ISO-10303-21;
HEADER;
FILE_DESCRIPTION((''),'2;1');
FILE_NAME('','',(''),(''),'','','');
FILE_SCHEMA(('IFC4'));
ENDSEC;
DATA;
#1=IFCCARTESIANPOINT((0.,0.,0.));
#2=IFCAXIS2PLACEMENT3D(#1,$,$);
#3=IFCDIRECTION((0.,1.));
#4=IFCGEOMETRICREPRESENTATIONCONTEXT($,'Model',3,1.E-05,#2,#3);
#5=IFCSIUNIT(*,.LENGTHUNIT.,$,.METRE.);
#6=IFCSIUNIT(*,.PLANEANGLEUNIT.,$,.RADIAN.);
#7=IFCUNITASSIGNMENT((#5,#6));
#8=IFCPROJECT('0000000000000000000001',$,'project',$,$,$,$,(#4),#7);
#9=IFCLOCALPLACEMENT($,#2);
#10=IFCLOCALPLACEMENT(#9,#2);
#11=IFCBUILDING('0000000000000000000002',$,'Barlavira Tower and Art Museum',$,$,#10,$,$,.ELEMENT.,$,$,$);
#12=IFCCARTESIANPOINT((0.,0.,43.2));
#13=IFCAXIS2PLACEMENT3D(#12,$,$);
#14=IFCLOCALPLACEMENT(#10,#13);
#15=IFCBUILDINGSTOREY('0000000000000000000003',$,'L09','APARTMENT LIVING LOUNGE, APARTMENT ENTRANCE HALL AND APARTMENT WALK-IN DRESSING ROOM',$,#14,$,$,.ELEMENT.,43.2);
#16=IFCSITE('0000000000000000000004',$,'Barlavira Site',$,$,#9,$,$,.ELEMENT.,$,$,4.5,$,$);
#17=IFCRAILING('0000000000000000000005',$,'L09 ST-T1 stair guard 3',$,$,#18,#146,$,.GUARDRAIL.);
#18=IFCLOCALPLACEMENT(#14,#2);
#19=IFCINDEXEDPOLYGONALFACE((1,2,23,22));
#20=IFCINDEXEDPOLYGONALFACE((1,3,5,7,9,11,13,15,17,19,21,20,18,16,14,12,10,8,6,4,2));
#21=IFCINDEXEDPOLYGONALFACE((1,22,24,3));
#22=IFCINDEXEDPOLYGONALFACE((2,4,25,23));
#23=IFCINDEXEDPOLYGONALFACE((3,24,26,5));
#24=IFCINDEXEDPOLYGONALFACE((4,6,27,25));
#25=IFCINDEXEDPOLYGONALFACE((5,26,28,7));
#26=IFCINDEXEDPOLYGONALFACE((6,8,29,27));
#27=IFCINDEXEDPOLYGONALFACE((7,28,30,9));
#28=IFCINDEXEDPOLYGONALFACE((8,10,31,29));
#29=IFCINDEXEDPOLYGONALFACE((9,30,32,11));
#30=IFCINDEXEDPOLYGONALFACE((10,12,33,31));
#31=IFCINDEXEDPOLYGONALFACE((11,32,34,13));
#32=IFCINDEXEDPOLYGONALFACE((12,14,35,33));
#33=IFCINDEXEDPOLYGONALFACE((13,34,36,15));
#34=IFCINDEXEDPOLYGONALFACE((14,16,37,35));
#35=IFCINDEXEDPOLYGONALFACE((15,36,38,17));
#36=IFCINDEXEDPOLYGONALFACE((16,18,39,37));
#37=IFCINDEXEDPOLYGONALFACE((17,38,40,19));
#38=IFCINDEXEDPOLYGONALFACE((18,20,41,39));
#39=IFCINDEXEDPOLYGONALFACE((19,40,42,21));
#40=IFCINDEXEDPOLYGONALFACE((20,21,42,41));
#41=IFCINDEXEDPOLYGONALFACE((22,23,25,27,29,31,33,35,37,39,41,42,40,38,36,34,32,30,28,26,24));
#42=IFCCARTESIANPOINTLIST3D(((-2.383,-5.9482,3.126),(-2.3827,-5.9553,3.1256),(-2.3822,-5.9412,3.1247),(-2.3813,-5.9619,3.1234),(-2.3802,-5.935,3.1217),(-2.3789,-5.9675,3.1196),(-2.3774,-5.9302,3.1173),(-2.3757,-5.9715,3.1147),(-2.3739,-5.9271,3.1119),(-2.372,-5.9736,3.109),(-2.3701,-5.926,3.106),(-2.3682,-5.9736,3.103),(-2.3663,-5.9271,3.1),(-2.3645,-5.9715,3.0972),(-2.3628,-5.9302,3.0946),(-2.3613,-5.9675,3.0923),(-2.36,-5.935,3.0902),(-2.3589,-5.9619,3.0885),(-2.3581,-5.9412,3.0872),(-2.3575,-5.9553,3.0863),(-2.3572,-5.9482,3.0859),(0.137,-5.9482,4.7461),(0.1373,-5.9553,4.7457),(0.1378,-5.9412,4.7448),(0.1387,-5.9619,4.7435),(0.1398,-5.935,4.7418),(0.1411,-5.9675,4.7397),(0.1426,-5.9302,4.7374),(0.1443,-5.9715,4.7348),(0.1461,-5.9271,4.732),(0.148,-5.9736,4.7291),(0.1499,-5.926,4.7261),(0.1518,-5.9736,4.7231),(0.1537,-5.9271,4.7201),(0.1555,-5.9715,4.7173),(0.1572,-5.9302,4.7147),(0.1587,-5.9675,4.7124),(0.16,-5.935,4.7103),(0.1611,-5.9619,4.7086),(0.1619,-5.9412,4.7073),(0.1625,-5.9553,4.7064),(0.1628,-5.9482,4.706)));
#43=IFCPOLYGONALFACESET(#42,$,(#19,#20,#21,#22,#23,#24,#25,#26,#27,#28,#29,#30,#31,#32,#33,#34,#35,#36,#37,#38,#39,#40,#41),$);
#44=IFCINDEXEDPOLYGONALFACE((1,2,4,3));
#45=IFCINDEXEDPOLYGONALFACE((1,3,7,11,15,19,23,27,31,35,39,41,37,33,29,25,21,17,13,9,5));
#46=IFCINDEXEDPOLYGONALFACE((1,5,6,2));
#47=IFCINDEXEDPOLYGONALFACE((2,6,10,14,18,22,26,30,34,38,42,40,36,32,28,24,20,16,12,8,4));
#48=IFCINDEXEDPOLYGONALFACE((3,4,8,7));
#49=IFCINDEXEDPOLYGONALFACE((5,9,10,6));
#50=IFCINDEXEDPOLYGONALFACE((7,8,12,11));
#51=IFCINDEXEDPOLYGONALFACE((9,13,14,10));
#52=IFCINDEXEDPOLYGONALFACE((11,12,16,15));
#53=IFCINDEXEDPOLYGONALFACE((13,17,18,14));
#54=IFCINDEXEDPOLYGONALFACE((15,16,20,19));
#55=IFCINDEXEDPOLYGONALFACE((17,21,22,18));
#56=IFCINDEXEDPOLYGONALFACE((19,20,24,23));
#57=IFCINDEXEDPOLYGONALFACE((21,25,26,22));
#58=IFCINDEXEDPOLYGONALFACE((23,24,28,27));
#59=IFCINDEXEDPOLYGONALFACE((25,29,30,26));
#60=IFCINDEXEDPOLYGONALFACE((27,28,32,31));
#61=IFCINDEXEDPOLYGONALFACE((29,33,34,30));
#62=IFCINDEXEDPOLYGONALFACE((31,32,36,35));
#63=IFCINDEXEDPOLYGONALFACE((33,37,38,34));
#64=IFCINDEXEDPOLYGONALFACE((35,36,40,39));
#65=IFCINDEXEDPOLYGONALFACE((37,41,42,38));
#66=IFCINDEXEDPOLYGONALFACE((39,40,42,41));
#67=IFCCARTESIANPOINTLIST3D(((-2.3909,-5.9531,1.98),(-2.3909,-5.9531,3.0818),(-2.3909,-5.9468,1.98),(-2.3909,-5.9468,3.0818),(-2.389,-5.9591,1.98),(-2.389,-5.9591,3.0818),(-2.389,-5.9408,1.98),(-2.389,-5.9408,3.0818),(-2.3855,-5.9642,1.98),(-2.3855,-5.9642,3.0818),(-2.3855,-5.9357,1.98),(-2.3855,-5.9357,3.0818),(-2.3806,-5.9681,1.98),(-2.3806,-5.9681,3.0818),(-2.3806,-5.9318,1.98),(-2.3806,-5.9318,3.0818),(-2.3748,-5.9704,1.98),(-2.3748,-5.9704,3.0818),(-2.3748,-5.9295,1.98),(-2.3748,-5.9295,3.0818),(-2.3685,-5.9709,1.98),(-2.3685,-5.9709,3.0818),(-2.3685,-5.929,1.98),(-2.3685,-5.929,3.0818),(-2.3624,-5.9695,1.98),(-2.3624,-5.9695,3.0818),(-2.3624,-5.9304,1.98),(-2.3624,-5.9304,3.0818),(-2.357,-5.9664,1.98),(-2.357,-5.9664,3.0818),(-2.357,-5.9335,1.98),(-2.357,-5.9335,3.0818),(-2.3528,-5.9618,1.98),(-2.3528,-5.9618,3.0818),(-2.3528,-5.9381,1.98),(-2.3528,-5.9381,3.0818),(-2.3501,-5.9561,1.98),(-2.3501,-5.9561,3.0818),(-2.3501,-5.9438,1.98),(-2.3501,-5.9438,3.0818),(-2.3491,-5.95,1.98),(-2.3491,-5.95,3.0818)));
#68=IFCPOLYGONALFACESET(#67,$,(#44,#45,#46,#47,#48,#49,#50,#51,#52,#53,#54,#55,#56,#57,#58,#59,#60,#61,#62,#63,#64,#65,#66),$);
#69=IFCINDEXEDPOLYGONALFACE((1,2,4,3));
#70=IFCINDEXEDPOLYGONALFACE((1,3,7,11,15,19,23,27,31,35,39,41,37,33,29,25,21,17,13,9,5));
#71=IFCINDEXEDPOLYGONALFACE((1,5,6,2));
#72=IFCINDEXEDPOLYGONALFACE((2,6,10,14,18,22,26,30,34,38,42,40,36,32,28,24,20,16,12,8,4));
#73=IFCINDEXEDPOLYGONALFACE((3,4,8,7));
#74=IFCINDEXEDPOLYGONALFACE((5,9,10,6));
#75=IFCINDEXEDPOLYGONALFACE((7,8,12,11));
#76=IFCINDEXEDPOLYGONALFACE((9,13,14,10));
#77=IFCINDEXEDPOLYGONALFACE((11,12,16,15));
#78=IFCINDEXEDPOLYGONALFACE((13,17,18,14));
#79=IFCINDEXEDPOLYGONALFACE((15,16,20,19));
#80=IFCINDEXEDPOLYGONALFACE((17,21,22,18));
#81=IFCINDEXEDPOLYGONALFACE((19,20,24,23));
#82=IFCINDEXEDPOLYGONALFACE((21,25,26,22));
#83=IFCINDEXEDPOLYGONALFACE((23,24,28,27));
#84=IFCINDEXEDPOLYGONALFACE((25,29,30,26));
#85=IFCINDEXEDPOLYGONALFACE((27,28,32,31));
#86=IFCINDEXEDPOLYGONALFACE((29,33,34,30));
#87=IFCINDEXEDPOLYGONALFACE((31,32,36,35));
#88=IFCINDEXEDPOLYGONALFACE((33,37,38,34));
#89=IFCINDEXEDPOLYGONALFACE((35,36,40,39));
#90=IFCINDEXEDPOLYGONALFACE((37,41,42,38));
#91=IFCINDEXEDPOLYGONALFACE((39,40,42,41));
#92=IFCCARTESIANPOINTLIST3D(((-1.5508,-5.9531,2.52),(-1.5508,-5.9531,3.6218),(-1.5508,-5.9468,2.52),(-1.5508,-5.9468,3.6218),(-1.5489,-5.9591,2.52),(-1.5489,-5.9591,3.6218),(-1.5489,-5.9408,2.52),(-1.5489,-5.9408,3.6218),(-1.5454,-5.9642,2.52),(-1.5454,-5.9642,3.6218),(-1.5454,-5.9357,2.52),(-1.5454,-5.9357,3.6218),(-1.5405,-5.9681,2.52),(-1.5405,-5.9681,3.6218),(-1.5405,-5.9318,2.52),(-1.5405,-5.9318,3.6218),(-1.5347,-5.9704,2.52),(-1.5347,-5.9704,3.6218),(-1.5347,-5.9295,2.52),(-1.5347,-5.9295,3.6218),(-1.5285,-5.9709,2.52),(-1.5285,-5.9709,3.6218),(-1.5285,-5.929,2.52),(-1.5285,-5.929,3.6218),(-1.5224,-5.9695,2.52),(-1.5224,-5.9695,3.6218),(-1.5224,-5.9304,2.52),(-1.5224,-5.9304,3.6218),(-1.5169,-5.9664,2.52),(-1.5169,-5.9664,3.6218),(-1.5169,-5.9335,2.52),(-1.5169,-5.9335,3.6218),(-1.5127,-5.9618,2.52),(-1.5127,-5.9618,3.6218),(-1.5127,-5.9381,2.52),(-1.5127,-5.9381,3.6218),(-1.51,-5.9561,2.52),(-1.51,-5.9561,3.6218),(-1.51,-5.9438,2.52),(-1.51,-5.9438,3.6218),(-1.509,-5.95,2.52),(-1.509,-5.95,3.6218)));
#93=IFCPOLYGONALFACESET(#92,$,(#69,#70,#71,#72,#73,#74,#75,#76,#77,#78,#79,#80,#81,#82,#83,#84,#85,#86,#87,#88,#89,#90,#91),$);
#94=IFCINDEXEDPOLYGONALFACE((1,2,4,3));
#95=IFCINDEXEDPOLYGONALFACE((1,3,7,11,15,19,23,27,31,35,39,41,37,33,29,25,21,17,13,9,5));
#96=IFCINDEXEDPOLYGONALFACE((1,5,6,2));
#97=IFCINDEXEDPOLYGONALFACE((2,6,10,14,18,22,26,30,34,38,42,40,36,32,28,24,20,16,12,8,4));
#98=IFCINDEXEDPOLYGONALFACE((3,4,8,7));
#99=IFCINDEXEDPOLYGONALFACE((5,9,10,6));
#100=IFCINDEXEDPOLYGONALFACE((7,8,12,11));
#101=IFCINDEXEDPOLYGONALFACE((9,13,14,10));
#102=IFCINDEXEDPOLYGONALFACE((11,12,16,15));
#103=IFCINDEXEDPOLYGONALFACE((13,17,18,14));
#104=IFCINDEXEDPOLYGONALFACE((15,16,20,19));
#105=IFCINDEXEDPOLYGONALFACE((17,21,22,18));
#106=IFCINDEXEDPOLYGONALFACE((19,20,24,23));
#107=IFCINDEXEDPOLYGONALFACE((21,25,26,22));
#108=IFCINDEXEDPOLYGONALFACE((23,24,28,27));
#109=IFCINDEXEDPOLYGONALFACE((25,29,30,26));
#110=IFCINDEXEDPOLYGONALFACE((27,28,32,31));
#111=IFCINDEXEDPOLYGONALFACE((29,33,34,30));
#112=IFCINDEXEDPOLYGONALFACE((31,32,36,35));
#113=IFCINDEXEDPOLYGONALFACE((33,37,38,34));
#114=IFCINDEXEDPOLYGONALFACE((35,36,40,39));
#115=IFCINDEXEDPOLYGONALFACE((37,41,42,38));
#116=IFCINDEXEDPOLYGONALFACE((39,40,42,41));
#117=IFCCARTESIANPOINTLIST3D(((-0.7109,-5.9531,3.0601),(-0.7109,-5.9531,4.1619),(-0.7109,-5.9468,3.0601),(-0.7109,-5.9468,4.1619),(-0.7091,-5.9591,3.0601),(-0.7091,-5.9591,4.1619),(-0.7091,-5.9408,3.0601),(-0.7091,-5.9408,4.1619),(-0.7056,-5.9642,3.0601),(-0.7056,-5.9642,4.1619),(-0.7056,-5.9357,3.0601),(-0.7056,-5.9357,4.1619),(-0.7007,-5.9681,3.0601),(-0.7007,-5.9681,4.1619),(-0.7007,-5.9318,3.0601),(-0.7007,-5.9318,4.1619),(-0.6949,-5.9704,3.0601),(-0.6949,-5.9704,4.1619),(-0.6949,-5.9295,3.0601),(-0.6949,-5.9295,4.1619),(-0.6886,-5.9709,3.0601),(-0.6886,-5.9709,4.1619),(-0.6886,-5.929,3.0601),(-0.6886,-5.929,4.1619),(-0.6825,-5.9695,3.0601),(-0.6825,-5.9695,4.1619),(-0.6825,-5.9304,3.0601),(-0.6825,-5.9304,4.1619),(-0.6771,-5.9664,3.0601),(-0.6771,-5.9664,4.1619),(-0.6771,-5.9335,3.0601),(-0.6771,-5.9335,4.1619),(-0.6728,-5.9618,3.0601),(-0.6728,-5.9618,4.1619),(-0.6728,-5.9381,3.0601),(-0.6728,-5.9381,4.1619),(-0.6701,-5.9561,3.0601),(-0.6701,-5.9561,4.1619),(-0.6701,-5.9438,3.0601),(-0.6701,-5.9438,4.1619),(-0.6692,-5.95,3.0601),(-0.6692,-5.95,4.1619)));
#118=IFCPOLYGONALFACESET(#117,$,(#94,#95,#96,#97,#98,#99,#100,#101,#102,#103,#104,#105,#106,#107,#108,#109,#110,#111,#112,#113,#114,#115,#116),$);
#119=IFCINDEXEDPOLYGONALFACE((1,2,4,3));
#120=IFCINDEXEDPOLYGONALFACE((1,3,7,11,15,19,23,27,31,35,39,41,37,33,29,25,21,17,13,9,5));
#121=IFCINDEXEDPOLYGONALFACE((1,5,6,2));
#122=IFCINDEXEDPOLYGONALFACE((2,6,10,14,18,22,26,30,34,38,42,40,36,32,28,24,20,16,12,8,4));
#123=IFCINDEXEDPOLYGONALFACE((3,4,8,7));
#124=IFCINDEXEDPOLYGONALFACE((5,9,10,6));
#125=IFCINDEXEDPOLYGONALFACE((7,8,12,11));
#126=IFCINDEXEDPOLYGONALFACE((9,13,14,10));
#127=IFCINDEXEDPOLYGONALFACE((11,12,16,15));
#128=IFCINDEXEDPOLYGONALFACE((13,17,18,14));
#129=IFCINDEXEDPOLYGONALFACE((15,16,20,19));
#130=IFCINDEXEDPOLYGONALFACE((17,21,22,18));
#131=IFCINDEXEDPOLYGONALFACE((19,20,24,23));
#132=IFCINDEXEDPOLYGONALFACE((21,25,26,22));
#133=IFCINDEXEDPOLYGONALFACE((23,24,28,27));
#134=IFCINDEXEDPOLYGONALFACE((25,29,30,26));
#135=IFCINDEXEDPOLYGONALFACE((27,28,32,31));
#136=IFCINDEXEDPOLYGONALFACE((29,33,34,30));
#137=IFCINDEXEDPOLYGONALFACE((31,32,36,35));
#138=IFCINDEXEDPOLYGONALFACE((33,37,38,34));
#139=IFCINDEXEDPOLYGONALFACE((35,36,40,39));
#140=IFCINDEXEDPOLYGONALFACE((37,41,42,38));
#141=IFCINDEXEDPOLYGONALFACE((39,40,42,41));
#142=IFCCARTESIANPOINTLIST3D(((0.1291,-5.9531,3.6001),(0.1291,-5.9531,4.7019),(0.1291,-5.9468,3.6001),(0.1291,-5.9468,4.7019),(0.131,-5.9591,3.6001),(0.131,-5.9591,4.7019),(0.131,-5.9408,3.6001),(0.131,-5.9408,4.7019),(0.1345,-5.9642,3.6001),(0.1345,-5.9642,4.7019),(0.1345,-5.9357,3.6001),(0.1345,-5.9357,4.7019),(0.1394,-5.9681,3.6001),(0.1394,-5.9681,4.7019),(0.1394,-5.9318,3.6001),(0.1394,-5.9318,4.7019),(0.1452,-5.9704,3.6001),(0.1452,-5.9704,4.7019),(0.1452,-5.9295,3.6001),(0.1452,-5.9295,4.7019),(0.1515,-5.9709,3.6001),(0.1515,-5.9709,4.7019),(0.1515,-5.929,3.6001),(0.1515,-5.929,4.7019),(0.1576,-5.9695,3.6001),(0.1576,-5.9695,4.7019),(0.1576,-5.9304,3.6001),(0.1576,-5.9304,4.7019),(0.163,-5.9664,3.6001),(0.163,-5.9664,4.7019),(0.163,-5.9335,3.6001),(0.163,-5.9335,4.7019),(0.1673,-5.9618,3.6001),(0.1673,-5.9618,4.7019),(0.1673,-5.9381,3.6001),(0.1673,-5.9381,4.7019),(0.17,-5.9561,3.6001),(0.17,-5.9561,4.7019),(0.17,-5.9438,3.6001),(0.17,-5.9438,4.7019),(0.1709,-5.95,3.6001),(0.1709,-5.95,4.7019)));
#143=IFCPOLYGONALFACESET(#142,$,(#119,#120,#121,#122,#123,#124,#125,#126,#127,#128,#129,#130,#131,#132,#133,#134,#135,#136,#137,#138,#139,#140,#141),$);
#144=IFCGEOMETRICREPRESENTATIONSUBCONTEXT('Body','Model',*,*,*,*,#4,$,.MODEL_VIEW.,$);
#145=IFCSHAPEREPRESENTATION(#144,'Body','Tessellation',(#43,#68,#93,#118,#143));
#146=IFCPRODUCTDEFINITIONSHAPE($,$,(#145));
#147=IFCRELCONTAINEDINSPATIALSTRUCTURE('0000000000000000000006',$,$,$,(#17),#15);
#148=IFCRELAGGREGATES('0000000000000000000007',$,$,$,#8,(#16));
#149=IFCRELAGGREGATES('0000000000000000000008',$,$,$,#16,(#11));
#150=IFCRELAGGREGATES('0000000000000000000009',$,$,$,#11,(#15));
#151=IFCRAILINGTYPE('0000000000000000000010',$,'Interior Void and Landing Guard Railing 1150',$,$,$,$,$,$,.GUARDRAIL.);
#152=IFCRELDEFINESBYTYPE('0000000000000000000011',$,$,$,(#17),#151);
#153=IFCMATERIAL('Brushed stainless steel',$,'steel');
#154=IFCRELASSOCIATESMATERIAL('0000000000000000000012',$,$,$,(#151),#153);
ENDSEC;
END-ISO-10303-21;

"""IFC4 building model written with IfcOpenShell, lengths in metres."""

from ifc_helpers import new_model, si_unit, direction, frame, origin, origin_2d, place, context, subcontext, project, spatial, circle, extrude, material, type_object, element, save


model = new_model("IFC4")

# Units and contexts
model_context = context("Model", 3, precision=1e-05, world=origin(), true_north=direction((0.0, 1.0)))
body_context = subcontext(model_context, "Body", "Model", "MODEL_VIEW")
ifc_project = project(units=[si_unit("LENGTHUNIT", "METRE"), si_unit("PLANEANGLEUNIT", "RADIAN")], contexts=[model_context])

# Site, building, storey
site_placement = place(None, origin())
site = spatial("IfcSite", under=ifc_project, at=site_placement, Name="Barlavira Site", CompositionType="ELEMENT", RefElevation=4.5)
building_placement = place(site_placement, origin())
building = spatial("IfcBuilding", under=site, at=building_placement, Name="Barlavira Tower and Art Museum", CompositionType="ELEMENT")
storey_placement = place(building_placement, frame((0.0, 0.0, 43.2)))
storey = spatial("IfcBuildingStorey", under=building, at=storey_placement, Name="L09", Description="APARTMENT LIVING LOUNGE, APARTMENT ENTRANCE HALL AND APARTMENT WALK-IN DRESSING ROOM", CompositionType="ELEMENT", Elevation=43.2)

# Shared definitions
ifc_material_1 = material(Name="Brushed stainless steel", Category="steel")

# Railing
railing_type_1 = type_object("IfcRailingType", Name="Interior Void and Landing Guard Railing 1150", PredefinedType="GUARDRAIL", material=ifc_material_1)
railing_1_placement = place(storey_placement, frame((-2.3701, -5.95, 1.98)))
element("IfcRailing", 1, at=railing_1_placement, inside=storey, type_object=railing_type_1, Name="L09 ST-T1 stair guard 3", PredefinedType="GUARDRAIL", context=body_context, shape_type="SweptSolid", body=[
    extrude(circle(Radius=0.0239, at=origin_2d()), frame((0.0, 0.0, 1.126), z_axis=(0.841163, 0.0, 0.540782), x_axis=(0.0, 1.0, 0.0)), (0.0, 0.0, 1.0), 2.9958),
    extrude(circle(Radius=0.021, at=origin_2d()), origin(), (0.0, 0.0, 1.0), 1.1018),
    extrude(circle(Radius=0.021, at=origin_2d()), frame((0.8401, 0.0, 0.54)), (0.0, 0.0, 1.0), 1.1018),
    extrude(circle(Radius=0.021, at=origin_2d()), frame((1.6799, 0.0, 1.0801)), (0.0, 0.0, 1.0), 1.1018),
    extrude(circle(Radius=0.021, at=origin_2d()), frame((2.52, 0.0, 1.6201)), (0.0, 0.0, 1.0), 1.1018),
])

save(model, "model.ifc")
